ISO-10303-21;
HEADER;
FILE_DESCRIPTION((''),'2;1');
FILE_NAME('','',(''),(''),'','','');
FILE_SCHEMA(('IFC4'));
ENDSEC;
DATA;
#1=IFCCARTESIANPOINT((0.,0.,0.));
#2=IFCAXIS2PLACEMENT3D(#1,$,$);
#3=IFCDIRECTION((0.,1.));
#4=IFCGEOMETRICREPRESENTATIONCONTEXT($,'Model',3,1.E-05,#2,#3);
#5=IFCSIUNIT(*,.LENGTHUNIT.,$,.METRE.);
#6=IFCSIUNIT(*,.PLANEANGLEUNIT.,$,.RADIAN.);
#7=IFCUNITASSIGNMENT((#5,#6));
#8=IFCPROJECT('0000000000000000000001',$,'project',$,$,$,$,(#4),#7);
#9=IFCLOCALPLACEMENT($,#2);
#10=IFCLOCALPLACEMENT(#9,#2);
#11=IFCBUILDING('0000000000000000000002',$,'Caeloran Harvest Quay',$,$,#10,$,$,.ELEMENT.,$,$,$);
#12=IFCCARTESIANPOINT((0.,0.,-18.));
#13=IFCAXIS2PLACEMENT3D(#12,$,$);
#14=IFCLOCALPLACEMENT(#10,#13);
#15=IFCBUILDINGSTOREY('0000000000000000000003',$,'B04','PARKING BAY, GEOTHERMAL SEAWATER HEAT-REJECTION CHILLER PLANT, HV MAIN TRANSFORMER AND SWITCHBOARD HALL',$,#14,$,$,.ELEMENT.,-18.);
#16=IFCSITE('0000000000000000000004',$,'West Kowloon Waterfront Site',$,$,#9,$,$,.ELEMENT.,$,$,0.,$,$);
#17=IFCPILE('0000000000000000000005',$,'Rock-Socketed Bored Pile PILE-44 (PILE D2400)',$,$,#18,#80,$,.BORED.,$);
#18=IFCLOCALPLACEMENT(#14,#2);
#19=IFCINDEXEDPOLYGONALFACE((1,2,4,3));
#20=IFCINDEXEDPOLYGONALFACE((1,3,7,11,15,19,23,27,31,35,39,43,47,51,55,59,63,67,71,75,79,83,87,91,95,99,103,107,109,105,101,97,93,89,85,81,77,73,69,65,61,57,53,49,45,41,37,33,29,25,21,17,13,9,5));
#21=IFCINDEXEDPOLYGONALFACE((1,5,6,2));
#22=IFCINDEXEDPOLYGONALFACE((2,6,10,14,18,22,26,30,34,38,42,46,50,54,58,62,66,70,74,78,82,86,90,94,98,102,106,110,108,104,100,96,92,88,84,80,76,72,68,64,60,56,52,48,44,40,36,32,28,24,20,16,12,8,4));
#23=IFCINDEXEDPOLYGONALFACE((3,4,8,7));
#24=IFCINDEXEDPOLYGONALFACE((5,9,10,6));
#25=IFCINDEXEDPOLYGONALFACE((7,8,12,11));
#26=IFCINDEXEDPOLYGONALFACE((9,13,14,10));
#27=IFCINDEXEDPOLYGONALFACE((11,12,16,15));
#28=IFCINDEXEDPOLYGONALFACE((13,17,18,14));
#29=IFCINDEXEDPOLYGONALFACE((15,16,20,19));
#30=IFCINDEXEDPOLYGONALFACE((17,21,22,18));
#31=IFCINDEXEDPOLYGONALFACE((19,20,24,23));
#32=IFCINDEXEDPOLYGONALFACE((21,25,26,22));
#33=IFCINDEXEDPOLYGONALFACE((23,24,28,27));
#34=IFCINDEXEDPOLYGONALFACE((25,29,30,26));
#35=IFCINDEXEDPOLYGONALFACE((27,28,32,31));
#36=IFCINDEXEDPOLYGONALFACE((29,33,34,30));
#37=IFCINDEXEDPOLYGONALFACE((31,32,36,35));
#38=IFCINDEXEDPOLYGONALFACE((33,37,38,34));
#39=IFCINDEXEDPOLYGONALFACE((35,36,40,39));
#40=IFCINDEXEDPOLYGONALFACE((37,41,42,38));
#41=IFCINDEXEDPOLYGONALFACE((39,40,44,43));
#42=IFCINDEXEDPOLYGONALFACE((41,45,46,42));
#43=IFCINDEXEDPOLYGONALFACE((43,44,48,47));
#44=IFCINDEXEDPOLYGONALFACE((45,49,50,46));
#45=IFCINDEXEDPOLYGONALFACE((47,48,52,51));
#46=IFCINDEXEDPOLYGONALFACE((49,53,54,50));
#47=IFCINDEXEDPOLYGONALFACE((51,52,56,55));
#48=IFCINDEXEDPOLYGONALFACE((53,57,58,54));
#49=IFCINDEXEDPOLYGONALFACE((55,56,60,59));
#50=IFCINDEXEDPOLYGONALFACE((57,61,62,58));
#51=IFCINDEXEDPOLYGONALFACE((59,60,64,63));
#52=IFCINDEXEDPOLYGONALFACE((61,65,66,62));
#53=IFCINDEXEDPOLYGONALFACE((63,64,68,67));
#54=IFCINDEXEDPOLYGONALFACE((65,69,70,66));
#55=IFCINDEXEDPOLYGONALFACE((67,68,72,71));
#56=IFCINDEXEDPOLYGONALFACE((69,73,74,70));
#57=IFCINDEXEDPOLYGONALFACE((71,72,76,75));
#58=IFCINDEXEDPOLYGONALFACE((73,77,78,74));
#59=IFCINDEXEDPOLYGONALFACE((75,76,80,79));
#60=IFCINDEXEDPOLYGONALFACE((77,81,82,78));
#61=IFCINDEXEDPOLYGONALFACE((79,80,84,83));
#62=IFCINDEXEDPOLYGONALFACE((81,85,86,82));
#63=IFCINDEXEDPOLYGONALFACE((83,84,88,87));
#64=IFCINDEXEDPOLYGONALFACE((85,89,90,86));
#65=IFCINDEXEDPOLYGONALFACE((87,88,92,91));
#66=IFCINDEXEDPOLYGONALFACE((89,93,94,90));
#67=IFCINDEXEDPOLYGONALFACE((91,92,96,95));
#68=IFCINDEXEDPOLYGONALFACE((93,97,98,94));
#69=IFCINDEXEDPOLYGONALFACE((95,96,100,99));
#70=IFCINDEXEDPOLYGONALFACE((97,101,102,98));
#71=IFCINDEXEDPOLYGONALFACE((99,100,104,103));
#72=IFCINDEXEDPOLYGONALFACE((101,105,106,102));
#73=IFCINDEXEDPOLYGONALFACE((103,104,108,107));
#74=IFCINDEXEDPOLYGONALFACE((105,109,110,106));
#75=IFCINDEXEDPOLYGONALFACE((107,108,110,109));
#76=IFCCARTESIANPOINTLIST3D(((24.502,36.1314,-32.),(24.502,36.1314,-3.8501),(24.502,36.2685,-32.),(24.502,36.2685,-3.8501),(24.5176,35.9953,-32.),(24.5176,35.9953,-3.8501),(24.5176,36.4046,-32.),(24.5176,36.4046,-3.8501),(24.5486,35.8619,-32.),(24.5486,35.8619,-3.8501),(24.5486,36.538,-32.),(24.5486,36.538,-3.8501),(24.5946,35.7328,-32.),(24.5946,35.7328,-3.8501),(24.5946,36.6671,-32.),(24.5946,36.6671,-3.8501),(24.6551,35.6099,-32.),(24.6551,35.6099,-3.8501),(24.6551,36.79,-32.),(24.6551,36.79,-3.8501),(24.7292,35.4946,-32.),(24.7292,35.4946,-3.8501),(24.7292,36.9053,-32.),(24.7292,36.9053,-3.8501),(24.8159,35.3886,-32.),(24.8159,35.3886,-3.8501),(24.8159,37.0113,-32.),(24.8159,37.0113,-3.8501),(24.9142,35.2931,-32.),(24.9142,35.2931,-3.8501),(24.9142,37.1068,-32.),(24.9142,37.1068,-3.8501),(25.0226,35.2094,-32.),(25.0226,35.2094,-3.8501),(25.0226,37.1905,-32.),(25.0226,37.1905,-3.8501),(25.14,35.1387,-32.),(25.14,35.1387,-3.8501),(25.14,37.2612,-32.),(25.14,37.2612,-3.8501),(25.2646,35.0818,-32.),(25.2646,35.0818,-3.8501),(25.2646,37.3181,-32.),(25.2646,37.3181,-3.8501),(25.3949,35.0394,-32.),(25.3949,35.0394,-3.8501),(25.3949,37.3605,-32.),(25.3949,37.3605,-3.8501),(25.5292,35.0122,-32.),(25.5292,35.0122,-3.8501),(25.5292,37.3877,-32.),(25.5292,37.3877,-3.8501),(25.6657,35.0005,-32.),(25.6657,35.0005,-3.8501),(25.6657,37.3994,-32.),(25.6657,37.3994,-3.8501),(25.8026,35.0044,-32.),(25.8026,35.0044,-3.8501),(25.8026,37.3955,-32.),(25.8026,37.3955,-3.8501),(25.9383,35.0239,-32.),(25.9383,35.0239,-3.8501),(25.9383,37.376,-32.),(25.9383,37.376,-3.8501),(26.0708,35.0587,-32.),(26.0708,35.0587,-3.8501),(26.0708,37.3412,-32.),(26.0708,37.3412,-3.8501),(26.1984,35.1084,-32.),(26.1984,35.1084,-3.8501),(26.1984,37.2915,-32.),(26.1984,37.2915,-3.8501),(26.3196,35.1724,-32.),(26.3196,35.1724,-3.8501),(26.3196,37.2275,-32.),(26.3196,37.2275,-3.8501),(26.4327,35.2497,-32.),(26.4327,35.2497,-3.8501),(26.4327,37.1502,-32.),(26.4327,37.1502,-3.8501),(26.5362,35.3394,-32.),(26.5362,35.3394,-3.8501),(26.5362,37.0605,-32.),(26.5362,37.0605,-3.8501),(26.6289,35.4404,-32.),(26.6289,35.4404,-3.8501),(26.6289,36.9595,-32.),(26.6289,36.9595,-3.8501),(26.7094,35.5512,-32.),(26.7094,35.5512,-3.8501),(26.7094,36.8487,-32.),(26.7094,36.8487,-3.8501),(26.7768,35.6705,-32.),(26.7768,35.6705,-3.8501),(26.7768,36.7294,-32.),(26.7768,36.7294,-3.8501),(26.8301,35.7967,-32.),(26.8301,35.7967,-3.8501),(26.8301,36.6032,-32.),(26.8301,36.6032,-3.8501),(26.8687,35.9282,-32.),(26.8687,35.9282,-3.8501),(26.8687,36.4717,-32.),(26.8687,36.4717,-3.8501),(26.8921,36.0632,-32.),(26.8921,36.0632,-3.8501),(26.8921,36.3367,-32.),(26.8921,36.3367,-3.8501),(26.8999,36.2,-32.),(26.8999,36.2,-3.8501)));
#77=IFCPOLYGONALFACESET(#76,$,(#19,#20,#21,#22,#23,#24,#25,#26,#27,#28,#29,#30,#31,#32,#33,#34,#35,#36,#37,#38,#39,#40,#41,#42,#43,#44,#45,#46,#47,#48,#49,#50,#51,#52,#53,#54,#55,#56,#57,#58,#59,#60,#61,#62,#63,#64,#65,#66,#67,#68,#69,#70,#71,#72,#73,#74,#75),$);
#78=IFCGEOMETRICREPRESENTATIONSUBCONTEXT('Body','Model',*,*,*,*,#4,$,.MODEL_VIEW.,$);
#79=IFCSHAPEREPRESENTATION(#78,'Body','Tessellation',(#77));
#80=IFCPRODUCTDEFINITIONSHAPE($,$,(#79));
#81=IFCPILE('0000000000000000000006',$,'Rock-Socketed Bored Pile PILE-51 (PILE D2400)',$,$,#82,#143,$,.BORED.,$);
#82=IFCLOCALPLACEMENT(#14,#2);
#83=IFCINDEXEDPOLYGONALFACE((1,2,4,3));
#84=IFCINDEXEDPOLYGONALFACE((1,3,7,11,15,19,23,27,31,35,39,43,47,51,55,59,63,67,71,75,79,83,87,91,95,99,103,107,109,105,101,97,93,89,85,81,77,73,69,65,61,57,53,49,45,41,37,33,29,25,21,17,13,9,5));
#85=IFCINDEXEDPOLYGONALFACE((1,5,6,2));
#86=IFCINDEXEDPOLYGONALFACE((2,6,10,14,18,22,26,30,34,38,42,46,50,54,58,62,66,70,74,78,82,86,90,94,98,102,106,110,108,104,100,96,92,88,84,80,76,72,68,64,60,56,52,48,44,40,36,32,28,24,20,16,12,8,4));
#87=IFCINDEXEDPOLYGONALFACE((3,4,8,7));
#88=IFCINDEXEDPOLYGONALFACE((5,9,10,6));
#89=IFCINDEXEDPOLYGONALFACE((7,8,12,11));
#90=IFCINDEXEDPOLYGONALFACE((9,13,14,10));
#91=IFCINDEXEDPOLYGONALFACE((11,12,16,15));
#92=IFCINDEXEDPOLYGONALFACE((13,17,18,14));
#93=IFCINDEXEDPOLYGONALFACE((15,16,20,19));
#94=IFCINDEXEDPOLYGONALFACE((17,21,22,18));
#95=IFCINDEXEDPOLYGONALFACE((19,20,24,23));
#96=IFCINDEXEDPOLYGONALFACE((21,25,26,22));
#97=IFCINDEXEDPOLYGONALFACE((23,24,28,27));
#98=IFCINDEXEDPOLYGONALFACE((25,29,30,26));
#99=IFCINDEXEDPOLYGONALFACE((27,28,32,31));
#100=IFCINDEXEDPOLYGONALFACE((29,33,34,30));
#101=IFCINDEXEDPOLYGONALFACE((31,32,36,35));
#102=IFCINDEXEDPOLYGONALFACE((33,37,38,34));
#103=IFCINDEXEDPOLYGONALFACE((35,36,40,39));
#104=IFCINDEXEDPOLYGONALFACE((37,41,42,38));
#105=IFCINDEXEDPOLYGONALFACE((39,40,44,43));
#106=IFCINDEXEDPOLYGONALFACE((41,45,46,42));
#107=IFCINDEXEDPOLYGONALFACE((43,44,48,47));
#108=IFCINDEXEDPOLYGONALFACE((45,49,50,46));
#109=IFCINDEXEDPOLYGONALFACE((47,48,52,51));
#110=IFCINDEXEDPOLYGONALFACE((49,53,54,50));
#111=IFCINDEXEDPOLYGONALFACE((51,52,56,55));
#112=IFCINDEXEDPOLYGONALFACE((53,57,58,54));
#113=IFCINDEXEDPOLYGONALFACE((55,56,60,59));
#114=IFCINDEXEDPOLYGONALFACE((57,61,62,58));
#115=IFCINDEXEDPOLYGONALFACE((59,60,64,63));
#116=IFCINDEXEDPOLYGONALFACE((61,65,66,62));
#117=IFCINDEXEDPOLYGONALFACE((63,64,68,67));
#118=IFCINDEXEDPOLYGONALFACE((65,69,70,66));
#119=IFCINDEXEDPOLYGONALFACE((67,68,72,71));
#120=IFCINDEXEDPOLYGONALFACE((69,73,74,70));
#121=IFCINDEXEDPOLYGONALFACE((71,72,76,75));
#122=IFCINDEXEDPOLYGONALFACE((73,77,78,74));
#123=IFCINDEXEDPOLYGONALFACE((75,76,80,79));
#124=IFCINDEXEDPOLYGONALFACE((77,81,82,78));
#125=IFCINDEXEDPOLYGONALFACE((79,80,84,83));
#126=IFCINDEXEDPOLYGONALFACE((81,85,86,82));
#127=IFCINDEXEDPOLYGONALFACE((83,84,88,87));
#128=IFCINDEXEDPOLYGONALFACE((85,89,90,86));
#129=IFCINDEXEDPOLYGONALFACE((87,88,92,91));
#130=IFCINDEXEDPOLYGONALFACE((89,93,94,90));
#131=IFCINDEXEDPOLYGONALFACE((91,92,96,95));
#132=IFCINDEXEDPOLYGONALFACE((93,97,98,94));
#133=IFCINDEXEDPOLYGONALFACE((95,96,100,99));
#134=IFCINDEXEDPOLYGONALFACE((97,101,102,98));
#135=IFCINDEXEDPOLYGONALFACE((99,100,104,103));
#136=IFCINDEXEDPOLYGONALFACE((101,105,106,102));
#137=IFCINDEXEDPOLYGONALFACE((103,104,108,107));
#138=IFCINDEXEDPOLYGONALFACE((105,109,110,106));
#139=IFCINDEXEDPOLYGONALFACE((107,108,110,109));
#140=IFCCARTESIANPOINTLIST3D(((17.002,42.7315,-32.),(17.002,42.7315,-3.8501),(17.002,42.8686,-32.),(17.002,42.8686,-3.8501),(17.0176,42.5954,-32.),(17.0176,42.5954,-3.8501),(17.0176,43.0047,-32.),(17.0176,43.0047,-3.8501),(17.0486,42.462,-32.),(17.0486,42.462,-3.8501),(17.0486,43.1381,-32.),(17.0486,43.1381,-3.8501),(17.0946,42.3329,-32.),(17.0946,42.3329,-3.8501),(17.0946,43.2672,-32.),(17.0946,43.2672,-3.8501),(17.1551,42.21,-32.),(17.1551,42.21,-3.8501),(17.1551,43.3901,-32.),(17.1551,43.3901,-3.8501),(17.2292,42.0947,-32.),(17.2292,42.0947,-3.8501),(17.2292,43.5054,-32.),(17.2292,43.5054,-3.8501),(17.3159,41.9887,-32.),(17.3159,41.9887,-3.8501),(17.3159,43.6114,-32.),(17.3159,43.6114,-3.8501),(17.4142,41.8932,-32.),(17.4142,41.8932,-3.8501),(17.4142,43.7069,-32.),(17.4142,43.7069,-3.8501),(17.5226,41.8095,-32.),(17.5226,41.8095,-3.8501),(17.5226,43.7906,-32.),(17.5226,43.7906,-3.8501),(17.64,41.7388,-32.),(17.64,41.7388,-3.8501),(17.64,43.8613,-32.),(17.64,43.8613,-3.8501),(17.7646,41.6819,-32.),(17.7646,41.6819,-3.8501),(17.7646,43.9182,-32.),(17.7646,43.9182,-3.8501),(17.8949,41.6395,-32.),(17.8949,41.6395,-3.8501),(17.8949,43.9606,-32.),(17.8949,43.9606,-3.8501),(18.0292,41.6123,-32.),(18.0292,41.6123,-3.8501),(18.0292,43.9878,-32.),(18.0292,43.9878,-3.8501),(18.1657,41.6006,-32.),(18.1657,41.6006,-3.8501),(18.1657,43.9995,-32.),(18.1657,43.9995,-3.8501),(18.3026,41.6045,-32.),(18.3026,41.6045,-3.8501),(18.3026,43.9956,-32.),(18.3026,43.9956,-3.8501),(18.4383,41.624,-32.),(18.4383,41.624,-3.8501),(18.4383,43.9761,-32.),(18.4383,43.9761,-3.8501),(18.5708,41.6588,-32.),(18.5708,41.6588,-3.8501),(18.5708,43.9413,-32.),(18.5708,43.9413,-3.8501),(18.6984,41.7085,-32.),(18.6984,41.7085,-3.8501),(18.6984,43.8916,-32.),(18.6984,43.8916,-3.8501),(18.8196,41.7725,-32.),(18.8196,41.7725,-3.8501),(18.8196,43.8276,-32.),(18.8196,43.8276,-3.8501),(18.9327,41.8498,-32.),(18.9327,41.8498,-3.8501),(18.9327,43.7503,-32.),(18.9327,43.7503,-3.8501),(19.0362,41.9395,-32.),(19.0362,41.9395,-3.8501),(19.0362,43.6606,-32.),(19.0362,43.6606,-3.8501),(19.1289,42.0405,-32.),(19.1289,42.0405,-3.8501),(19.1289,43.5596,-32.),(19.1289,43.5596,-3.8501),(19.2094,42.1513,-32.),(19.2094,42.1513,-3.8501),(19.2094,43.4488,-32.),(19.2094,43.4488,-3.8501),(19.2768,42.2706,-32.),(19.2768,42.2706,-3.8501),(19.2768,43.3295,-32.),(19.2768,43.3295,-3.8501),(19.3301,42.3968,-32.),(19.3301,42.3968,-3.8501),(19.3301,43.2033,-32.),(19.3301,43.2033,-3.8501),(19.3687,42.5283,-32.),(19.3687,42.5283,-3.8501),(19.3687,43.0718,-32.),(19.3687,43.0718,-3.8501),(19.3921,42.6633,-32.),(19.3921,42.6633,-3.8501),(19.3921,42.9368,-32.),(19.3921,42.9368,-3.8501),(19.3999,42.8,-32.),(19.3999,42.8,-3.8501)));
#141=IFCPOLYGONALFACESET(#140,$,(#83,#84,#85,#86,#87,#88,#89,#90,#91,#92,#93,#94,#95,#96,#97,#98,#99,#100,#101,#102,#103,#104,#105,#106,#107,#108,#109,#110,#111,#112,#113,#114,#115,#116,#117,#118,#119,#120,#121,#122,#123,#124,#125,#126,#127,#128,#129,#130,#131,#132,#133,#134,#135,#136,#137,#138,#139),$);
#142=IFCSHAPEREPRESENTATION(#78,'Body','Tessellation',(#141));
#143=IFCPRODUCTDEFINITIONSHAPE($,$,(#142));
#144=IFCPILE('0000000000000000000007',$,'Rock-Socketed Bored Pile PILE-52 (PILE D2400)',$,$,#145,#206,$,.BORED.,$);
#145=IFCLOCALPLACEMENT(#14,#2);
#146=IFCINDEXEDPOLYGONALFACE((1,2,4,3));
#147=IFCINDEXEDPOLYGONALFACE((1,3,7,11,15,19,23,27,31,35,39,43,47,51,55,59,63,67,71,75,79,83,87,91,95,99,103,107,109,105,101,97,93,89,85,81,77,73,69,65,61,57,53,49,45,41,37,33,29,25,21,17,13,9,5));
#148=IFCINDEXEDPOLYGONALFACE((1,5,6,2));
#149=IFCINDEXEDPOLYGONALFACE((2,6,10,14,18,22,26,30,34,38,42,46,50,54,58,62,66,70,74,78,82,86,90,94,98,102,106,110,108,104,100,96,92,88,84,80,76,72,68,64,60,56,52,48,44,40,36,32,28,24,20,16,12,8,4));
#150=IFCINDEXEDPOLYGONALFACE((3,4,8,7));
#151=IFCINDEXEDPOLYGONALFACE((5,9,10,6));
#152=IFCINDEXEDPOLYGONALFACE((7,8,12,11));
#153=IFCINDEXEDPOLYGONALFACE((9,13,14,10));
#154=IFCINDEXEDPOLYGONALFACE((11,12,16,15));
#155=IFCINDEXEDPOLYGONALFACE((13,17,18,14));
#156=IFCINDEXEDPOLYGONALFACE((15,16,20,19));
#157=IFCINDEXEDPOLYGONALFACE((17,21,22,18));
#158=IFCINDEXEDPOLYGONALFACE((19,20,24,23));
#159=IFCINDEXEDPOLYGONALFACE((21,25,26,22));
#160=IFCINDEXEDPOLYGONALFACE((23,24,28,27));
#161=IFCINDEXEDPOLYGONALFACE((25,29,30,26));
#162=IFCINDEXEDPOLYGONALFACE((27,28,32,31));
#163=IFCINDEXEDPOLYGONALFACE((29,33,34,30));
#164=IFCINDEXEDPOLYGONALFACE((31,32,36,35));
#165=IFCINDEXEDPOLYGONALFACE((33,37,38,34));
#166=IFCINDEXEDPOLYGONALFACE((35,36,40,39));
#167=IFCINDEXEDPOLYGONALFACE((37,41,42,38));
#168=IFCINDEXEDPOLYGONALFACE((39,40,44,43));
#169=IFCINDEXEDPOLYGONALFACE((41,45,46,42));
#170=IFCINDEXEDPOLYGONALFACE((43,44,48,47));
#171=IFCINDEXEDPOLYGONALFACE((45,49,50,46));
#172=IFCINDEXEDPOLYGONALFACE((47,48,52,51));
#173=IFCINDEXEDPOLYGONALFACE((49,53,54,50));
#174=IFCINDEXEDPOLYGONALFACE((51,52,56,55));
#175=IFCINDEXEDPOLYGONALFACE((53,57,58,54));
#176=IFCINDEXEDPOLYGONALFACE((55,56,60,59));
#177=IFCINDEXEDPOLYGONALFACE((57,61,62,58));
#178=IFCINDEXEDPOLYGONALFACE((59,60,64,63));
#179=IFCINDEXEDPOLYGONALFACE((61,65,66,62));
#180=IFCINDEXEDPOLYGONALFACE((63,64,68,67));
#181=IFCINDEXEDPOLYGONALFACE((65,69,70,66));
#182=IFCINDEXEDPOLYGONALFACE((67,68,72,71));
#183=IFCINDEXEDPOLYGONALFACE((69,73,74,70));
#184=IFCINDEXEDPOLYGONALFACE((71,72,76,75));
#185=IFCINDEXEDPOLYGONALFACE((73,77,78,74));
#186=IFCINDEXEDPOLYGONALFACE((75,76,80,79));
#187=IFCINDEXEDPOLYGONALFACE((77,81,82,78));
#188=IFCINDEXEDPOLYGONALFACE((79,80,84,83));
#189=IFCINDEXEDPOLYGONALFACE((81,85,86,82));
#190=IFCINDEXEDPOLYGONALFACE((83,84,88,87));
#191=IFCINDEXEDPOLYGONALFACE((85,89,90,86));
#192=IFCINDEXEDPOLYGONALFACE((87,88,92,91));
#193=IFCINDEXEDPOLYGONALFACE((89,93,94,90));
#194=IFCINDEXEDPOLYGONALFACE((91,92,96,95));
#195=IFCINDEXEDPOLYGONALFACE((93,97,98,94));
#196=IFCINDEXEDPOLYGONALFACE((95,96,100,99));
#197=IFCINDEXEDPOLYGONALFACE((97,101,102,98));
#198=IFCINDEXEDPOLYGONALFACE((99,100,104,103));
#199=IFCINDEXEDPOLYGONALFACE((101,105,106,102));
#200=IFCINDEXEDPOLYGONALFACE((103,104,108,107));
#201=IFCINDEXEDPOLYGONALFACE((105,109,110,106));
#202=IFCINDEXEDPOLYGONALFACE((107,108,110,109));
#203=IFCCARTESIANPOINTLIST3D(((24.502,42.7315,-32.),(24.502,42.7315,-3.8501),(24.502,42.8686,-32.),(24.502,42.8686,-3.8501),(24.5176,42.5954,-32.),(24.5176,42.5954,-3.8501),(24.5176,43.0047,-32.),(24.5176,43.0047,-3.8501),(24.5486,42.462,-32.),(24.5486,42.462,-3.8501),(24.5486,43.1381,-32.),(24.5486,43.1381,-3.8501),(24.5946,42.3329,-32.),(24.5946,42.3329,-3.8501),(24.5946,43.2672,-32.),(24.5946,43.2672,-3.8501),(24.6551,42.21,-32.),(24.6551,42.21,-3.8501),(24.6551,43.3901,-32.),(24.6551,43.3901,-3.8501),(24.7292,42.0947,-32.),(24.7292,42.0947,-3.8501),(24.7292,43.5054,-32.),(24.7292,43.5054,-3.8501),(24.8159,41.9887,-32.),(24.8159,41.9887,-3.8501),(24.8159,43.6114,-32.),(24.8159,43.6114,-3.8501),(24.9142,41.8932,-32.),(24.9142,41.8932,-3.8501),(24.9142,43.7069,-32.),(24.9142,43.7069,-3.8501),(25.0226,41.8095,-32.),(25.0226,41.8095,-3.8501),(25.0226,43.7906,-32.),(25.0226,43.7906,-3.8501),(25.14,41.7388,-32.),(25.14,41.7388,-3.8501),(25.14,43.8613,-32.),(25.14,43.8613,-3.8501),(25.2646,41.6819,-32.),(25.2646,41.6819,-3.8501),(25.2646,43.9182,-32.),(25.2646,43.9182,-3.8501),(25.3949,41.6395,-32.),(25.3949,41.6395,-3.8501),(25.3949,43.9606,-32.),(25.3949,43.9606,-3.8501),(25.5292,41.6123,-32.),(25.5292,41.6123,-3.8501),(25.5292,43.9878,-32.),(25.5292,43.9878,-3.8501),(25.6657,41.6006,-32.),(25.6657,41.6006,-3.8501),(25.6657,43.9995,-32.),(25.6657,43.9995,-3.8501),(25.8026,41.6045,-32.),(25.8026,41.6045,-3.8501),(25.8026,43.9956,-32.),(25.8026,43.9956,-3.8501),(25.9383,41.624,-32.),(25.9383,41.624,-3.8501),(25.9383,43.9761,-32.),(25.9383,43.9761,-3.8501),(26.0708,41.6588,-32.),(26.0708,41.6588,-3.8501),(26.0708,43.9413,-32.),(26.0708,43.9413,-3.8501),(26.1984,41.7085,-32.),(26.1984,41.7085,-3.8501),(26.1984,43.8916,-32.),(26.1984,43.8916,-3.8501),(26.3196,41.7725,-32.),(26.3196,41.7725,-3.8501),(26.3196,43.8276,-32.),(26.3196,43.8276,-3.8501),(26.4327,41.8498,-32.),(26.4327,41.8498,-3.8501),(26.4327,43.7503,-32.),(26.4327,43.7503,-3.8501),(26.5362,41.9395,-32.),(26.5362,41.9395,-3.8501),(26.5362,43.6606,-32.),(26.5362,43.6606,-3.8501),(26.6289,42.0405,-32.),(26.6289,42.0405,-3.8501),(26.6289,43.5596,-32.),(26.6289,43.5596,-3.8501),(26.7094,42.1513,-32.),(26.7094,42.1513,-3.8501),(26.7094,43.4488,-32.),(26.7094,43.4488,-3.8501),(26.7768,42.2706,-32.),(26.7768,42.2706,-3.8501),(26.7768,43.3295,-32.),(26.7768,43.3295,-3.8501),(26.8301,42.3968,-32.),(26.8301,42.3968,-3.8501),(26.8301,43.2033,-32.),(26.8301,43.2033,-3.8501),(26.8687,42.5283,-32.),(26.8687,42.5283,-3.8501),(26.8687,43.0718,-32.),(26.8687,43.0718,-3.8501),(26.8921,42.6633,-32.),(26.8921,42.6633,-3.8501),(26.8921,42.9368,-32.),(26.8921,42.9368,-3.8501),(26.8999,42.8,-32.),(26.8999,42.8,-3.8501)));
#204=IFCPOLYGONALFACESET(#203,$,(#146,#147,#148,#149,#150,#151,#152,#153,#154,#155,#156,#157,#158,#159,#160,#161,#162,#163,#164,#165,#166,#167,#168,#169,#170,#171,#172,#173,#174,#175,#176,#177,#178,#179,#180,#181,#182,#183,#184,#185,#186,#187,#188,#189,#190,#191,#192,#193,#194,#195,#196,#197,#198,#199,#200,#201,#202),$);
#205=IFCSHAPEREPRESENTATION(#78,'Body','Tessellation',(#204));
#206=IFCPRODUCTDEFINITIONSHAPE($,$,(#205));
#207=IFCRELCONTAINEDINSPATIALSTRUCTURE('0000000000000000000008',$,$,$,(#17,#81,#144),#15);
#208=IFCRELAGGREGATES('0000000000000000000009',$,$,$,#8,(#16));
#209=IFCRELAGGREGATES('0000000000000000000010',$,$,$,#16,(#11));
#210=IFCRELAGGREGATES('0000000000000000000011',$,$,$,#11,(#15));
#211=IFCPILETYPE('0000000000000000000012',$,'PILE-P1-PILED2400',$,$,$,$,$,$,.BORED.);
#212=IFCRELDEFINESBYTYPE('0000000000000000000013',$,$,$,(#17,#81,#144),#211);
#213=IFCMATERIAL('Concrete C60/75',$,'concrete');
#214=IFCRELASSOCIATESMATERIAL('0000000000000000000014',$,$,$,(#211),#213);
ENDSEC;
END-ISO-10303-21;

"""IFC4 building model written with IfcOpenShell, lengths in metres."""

from ifc_helpers import new_model, si_unit, direction, frame, origin, origin_2d, place, context, subcontext, project, spatial, circle, extrude, material, material_profile, profile_set, type_object, element, save


model = new_model("IFC4")

# Units and contexts
model_context = context("Model", 3, precision=1e-05, world=origin(), true_north=direction((0.0, 1.0)))
body_context = subcontext(model_context, "Body", "Model", "MODEL_VIEW")
ifc_project = project(units=[si_unit("LENGTHUNIT", "METRE"), si_unit("PLANEANGLEUNIT", "RADIAN")], contexts=[model_context])

# Site, building, storey
site_placement = place(None, origin())
site = spatial("IfcSite", under=ifc_project, at=site_placement, Name="West Kowloon Waterfront Site", CompositionType="ELEMENT", RefElevation=0.0)
building_placement = place(site_placement, origin())
building = spatial("IfcBuilding", under=site, at=building_placement, Name="Caeloran Harvest Quay", CompositionType="ELEMENT")
storey_placement = place(building_placement, frame((0.0, 0.0, -18.0)))
storey = spatial("IfcBuildingStorey", under=building, at=storey_placement, Name="B04", Description="PARKING BAY, GEOTHERMAL SEAWATER HEAT-REJECTION CHILLER PLANT, HV MAIN TRANSFORMER AND SWITCHBOARD HALL", CompositionType="ELEMENT", Elevation=-18.0)

# Piles
ifc_material_1 = material(Name="Concrete C60/75", Category="concrete")
ifc_material_profile_1 = material_profile(ifc_material_1, circle(Radius=1.2, at=origin_2d()), Name="PILE D2400")
ifc_profile_set_1 = profile_set([ifc_material_profile_1], Name="Concrete C60/75")
pile_type = type_object("IfcPileType", Name="PILE-P1-PILED2400", PredefinedType="BORED", material=ifc_profile_set_1)
for number, where, z_axis, x_axis, name in (
    (1, (25.7, 36.2, -3.8501), (0.0, 0.0, -1.0), (1.0, 0.0, 0.0), "Rock-Socketed Bored Pile PILE-44 (PILE D2400)"),
    (2, (18.2, 42.8, -3.8501), (0.0, 0.0, -1.0), (1.0, 0.0, 0.0), "Rock-Socketed Bored Pile PILE-51 (PILE D2400)"),
    (3, (25.7, 42.8, -3.8501), (0.0, 0.0, -1.0), (1.0, 0.0, 0.0), "Rock-Socketed Bored Pile PILE-52 (PILE D2400)"),
):
    element("IfcPile", number, at=place(storey_placement, frame(where, z_axis=z_axis, x_axis=x_axis)), inside=storey, type_object=pile_type, Name=name, PredefinedType="BORED", context=body_context, shape_type="SweptSolid", body=[
        extrude(circle(Radius=1.2, at=origin_2d()), origin(), (0.0, 0.0, 1.0), 28.1499),
    ])

save(model, "model.ifc")
